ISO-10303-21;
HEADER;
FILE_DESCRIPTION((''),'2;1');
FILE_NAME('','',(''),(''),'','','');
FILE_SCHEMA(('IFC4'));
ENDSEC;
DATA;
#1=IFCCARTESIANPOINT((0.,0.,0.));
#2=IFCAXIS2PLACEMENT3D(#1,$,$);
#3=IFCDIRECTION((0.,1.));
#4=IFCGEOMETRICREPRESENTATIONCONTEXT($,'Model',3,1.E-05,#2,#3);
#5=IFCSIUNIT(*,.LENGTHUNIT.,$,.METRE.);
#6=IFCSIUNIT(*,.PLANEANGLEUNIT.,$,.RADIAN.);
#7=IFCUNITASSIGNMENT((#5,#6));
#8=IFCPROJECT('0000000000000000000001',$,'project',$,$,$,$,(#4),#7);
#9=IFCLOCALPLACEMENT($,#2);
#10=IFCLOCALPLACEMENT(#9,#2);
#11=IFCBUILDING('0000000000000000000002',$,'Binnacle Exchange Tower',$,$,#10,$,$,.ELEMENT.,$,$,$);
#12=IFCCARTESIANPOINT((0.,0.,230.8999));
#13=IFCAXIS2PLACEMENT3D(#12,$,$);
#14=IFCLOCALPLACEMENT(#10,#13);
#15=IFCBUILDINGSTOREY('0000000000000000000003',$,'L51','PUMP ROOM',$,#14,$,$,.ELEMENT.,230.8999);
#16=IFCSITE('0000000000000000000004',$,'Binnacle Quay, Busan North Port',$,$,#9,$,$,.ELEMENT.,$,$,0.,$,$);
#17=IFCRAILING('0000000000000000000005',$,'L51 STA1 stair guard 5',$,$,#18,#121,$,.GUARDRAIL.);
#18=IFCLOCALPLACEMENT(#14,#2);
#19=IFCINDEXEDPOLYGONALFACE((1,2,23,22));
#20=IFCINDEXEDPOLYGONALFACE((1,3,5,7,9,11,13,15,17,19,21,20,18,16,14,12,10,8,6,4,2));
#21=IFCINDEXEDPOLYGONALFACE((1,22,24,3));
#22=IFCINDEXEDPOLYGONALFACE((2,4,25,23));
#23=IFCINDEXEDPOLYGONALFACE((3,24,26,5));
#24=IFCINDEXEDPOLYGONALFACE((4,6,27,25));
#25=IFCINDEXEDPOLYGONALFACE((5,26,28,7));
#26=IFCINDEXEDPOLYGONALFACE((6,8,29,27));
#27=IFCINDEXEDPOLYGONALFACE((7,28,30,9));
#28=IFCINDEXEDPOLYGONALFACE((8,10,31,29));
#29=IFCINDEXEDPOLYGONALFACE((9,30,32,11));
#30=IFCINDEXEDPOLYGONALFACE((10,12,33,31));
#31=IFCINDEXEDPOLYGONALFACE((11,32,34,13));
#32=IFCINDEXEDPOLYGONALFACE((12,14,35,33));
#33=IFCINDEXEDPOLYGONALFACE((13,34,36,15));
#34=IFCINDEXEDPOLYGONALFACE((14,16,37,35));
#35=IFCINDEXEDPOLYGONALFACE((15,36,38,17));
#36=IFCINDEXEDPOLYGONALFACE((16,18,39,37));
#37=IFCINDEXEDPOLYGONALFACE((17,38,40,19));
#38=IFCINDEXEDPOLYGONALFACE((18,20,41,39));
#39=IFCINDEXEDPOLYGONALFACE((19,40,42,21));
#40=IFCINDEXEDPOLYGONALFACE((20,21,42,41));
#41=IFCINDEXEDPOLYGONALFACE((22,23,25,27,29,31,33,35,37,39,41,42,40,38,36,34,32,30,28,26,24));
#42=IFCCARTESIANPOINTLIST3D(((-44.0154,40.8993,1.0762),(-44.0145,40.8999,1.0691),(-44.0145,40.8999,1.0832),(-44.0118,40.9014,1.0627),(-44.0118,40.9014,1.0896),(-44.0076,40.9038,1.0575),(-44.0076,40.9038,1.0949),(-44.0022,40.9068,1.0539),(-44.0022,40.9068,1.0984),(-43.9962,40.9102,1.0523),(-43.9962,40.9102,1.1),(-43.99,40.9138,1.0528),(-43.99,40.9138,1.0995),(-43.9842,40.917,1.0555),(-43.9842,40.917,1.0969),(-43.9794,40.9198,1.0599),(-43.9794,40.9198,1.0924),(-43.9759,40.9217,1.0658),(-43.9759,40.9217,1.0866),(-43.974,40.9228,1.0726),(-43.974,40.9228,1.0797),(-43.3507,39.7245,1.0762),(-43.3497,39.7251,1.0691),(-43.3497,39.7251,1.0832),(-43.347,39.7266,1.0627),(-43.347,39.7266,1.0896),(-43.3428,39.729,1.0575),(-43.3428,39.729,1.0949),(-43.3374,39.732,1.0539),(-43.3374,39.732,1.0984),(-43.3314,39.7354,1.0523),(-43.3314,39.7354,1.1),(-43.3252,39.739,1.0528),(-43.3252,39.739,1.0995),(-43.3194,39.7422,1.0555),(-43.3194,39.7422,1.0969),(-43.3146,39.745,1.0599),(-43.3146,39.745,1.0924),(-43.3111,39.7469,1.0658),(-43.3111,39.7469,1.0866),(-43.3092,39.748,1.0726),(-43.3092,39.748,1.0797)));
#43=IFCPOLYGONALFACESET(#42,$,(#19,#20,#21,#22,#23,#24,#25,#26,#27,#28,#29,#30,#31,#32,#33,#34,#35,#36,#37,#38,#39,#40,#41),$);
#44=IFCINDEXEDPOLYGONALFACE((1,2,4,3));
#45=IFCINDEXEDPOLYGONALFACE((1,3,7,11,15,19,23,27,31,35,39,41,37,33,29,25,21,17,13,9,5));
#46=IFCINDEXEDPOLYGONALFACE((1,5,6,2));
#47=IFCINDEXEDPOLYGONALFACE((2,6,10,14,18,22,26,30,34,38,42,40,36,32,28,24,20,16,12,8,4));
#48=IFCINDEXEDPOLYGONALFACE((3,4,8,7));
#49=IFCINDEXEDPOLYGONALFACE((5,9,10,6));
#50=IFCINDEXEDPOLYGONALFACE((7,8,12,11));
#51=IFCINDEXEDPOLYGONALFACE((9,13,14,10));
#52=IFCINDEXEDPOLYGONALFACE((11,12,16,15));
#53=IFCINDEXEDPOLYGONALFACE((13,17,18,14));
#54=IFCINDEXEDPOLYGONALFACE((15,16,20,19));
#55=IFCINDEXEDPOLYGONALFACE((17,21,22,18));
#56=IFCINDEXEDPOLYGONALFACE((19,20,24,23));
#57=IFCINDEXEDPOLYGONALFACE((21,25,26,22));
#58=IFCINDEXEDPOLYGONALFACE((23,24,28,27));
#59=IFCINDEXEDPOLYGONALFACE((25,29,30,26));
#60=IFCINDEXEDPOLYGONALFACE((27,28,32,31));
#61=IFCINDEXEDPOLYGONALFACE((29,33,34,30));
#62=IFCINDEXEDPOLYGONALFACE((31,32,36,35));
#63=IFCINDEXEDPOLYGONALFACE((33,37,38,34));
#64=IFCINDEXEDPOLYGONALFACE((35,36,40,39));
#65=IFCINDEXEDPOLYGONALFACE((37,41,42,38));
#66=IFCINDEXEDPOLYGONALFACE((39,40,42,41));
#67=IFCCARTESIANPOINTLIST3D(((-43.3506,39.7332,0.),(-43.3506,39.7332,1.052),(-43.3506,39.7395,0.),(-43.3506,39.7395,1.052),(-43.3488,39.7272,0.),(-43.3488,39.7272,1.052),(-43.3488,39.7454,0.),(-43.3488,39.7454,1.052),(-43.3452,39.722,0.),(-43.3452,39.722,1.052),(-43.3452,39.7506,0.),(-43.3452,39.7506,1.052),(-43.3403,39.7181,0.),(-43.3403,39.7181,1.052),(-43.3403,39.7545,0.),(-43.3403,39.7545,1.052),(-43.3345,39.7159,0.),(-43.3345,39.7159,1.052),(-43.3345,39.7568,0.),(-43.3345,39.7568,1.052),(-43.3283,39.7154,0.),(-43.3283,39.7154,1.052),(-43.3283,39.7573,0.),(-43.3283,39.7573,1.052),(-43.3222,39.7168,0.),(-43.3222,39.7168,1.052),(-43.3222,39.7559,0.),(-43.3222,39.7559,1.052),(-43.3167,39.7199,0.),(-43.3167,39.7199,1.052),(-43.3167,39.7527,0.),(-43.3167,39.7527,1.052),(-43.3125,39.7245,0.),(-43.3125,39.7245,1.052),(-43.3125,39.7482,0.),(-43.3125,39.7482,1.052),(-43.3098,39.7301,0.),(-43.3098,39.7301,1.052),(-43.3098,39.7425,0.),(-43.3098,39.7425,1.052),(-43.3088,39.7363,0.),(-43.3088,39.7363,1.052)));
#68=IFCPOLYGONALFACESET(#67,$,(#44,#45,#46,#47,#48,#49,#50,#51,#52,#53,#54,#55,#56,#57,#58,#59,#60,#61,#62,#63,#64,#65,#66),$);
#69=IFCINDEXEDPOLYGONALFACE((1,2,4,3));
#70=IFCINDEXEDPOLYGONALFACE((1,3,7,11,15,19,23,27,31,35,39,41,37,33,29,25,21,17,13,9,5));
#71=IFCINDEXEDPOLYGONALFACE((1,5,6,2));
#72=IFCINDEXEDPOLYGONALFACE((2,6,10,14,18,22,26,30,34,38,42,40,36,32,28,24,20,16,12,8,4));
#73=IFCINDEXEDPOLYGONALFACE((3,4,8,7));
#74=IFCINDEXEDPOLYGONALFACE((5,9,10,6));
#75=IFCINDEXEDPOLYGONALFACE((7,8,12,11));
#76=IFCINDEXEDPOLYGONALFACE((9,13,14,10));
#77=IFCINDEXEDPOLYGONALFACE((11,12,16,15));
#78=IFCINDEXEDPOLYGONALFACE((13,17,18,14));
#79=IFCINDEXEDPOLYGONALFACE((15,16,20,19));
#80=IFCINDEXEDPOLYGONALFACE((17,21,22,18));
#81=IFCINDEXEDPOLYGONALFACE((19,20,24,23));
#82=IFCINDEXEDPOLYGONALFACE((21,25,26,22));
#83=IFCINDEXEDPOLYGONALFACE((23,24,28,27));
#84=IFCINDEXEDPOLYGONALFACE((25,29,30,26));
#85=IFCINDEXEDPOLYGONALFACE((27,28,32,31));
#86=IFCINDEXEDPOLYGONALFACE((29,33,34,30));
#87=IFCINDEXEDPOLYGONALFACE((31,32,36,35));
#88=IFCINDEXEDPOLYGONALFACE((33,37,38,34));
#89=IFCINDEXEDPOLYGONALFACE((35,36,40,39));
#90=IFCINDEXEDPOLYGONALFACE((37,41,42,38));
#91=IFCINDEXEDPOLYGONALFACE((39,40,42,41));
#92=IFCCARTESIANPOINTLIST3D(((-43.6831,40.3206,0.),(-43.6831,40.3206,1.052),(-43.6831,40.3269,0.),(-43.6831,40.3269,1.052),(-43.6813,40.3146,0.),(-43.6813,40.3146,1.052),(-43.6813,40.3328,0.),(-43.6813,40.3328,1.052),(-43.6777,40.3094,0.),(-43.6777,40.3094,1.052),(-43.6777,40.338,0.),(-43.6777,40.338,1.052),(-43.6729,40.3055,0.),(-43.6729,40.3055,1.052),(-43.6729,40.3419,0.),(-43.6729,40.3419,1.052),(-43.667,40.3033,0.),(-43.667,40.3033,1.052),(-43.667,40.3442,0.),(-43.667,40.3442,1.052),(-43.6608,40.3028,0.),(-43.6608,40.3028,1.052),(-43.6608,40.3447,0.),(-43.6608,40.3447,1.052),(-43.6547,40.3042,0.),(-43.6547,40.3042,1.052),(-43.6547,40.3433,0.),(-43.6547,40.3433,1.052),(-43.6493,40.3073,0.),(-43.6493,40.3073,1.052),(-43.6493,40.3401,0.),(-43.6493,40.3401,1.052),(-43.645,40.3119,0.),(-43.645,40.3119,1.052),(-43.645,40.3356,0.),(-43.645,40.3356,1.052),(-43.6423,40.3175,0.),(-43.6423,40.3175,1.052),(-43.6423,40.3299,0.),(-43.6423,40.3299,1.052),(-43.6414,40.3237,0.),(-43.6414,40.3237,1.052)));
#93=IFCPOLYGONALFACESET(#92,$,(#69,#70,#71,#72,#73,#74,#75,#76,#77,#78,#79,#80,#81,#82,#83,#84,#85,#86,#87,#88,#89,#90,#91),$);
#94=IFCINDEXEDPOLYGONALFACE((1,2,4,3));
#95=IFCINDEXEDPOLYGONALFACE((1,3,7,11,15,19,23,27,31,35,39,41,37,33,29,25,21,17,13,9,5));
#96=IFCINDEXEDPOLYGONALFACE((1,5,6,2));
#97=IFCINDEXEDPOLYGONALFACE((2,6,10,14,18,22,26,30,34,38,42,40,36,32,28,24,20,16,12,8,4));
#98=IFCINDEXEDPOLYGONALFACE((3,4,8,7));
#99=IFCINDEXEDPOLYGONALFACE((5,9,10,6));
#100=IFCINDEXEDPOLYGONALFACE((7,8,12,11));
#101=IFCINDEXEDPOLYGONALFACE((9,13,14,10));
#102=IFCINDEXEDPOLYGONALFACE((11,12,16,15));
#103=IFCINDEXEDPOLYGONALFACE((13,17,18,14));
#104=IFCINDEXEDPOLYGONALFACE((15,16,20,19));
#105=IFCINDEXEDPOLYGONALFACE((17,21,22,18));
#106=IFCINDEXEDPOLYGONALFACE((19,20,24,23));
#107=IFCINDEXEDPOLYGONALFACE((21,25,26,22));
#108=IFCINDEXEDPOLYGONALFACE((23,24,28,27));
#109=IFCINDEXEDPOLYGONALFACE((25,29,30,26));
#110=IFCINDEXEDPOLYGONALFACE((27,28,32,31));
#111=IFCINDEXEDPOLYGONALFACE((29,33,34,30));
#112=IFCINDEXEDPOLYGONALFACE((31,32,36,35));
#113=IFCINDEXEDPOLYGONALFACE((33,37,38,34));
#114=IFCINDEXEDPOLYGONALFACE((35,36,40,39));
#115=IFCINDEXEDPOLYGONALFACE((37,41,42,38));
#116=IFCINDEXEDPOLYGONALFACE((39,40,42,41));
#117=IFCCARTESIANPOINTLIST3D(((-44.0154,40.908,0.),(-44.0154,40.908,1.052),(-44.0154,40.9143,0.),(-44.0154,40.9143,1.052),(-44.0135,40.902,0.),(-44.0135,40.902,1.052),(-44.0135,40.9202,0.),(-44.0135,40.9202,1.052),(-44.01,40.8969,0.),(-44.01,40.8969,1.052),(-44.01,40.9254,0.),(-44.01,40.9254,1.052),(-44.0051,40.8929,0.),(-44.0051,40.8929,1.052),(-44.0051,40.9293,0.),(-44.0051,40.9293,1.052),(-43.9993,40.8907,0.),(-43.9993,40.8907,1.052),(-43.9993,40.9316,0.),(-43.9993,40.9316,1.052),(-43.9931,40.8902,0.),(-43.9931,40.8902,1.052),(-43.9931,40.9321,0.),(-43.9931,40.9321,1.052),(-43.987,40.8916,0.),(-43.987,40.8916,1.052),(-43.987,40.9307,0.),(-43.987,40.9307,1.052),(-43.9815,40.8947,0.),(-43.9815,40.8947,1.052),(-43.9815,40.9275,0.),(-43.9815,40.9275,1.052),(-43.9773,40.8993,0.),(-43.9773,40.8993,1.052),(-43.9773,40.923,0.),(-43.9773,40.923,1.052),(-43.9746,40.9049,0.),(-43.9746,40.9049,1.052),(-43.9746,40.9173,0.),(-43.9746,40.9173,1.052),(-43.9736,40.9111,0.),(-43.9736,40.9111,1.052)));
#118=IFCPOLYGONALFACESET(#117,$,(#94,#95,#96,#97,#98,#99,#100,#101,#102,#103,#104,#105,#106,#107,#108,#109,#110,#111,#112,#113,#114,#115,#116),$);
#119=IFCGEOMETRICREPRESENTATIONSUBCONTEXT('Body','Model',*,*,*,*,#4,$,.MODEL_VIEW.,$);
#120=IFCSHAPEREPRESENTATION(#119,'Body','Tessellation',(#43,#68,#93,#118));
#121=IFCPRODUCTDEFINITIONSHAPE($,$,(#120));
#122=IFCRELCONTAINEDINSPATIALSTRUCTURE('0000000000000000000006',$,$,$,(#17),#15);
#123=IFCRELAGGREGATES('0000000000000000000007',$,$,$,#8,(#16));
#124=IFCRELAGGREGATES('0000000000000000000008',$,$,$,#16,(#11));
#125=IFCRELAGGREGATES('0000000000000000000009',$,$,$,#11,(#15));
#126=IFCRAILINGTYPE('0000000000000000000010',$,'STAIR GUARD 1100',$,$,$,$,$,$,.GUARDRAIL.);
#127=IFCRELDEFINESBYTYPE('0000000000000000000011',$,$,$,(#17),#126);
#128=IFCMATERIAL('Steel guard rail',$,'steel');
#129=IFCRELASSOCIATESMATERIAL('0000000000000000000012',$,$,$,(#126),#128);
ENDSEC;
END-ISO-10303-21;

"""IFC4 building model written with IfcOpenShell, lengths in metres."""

from ifc_helpers import new_model, si_unit, direction, frame, origin, origin_2d, place, context, subcontext, project, spatial, circle, extrude, material, type_object, element, save


model = new_model("IFC4")

# Units and contexts
model_context = context("Model", 3, precision=1e-05, world=origin(), true_north=direction((0.0, 1.0)))
body_context = subcontext(model_context, "Body", "Model", "MODEL_VIEW")
ifc_project = project(units=[si_unit("LENGTHUNIT", "METRE"), si_unit("PLANEANGLEUNIT", "RADIAN")], contexts=[model_context])

# Site, building, storey
site_placement = place(None, origin())
site = spatial("IfcSite", under=ifc_project, at=site_placement, Name="Binnacle Quay, Busan North Port", CompositionType="ELEMENT", RefElevation=0.0)
building_placement = place(site_placement, origin())
building = spatial("IfcBuilding", under=site, at=building_placement, Name="Binnacle Exchange Tower", CompositionType="ELEMENT")
storey_placement = place(building_placement, frame((0.0, 0.0, 230.8999)))
storey = spatial("IfcBuildingStorey", under=building, at=storey_placement, Name="L51", Description="PUMP ROOM", CompositionType="ELEMENT", Elevation=230.8999)

# Railing
ifc_material_1 = material(Name="Steel guard rail", Category="steel")
railing_type_1 = type_object("IfcRailingType", Name="STAIR GUARD 1100", PredefinedType="GUARDRAIL", material=ifc_material_1)
railing_1_placement = place(storey_placement, frame((-43.3298, 39.7363, 0.0)))
element("IfcRailing", 1, at=railing_1_placement, inside=storey, type_object=railing_type_1, Name="L51 STA1 stair guard 5", PredefinedType="GUARDRAIL", context=body_context, shape_type="SweptSolid", body=[
    extrude(circle(Radius=0.0239, at=origin_2d()), frame((0.0, 0.0, 1.0762), z_axis=(-0.492492, 0.870317, 0.0), x_axis=(-0.870317, -0.492492, 0.0)), (0.0, 0.0, 1.0), 1.3499),
    extrude(circle(Radius=0.021, at=origin_2d()), origin(), (0.0, 0.0, 1.0), 1.052),
    extrude(circle(Radius=0.021, at=origin_2d()), frame((-0.3325, 0.5874, 0.0)), (0.0, 0.0, 1.0), 1.052),
    extrude(circle(Radius=0.021, at=origin_2d()), frame((-0.6648, 1.1748, 0.0)), (0.0, 0.0, 1.0), 1.052),
])

save(model, "model.ifc")
